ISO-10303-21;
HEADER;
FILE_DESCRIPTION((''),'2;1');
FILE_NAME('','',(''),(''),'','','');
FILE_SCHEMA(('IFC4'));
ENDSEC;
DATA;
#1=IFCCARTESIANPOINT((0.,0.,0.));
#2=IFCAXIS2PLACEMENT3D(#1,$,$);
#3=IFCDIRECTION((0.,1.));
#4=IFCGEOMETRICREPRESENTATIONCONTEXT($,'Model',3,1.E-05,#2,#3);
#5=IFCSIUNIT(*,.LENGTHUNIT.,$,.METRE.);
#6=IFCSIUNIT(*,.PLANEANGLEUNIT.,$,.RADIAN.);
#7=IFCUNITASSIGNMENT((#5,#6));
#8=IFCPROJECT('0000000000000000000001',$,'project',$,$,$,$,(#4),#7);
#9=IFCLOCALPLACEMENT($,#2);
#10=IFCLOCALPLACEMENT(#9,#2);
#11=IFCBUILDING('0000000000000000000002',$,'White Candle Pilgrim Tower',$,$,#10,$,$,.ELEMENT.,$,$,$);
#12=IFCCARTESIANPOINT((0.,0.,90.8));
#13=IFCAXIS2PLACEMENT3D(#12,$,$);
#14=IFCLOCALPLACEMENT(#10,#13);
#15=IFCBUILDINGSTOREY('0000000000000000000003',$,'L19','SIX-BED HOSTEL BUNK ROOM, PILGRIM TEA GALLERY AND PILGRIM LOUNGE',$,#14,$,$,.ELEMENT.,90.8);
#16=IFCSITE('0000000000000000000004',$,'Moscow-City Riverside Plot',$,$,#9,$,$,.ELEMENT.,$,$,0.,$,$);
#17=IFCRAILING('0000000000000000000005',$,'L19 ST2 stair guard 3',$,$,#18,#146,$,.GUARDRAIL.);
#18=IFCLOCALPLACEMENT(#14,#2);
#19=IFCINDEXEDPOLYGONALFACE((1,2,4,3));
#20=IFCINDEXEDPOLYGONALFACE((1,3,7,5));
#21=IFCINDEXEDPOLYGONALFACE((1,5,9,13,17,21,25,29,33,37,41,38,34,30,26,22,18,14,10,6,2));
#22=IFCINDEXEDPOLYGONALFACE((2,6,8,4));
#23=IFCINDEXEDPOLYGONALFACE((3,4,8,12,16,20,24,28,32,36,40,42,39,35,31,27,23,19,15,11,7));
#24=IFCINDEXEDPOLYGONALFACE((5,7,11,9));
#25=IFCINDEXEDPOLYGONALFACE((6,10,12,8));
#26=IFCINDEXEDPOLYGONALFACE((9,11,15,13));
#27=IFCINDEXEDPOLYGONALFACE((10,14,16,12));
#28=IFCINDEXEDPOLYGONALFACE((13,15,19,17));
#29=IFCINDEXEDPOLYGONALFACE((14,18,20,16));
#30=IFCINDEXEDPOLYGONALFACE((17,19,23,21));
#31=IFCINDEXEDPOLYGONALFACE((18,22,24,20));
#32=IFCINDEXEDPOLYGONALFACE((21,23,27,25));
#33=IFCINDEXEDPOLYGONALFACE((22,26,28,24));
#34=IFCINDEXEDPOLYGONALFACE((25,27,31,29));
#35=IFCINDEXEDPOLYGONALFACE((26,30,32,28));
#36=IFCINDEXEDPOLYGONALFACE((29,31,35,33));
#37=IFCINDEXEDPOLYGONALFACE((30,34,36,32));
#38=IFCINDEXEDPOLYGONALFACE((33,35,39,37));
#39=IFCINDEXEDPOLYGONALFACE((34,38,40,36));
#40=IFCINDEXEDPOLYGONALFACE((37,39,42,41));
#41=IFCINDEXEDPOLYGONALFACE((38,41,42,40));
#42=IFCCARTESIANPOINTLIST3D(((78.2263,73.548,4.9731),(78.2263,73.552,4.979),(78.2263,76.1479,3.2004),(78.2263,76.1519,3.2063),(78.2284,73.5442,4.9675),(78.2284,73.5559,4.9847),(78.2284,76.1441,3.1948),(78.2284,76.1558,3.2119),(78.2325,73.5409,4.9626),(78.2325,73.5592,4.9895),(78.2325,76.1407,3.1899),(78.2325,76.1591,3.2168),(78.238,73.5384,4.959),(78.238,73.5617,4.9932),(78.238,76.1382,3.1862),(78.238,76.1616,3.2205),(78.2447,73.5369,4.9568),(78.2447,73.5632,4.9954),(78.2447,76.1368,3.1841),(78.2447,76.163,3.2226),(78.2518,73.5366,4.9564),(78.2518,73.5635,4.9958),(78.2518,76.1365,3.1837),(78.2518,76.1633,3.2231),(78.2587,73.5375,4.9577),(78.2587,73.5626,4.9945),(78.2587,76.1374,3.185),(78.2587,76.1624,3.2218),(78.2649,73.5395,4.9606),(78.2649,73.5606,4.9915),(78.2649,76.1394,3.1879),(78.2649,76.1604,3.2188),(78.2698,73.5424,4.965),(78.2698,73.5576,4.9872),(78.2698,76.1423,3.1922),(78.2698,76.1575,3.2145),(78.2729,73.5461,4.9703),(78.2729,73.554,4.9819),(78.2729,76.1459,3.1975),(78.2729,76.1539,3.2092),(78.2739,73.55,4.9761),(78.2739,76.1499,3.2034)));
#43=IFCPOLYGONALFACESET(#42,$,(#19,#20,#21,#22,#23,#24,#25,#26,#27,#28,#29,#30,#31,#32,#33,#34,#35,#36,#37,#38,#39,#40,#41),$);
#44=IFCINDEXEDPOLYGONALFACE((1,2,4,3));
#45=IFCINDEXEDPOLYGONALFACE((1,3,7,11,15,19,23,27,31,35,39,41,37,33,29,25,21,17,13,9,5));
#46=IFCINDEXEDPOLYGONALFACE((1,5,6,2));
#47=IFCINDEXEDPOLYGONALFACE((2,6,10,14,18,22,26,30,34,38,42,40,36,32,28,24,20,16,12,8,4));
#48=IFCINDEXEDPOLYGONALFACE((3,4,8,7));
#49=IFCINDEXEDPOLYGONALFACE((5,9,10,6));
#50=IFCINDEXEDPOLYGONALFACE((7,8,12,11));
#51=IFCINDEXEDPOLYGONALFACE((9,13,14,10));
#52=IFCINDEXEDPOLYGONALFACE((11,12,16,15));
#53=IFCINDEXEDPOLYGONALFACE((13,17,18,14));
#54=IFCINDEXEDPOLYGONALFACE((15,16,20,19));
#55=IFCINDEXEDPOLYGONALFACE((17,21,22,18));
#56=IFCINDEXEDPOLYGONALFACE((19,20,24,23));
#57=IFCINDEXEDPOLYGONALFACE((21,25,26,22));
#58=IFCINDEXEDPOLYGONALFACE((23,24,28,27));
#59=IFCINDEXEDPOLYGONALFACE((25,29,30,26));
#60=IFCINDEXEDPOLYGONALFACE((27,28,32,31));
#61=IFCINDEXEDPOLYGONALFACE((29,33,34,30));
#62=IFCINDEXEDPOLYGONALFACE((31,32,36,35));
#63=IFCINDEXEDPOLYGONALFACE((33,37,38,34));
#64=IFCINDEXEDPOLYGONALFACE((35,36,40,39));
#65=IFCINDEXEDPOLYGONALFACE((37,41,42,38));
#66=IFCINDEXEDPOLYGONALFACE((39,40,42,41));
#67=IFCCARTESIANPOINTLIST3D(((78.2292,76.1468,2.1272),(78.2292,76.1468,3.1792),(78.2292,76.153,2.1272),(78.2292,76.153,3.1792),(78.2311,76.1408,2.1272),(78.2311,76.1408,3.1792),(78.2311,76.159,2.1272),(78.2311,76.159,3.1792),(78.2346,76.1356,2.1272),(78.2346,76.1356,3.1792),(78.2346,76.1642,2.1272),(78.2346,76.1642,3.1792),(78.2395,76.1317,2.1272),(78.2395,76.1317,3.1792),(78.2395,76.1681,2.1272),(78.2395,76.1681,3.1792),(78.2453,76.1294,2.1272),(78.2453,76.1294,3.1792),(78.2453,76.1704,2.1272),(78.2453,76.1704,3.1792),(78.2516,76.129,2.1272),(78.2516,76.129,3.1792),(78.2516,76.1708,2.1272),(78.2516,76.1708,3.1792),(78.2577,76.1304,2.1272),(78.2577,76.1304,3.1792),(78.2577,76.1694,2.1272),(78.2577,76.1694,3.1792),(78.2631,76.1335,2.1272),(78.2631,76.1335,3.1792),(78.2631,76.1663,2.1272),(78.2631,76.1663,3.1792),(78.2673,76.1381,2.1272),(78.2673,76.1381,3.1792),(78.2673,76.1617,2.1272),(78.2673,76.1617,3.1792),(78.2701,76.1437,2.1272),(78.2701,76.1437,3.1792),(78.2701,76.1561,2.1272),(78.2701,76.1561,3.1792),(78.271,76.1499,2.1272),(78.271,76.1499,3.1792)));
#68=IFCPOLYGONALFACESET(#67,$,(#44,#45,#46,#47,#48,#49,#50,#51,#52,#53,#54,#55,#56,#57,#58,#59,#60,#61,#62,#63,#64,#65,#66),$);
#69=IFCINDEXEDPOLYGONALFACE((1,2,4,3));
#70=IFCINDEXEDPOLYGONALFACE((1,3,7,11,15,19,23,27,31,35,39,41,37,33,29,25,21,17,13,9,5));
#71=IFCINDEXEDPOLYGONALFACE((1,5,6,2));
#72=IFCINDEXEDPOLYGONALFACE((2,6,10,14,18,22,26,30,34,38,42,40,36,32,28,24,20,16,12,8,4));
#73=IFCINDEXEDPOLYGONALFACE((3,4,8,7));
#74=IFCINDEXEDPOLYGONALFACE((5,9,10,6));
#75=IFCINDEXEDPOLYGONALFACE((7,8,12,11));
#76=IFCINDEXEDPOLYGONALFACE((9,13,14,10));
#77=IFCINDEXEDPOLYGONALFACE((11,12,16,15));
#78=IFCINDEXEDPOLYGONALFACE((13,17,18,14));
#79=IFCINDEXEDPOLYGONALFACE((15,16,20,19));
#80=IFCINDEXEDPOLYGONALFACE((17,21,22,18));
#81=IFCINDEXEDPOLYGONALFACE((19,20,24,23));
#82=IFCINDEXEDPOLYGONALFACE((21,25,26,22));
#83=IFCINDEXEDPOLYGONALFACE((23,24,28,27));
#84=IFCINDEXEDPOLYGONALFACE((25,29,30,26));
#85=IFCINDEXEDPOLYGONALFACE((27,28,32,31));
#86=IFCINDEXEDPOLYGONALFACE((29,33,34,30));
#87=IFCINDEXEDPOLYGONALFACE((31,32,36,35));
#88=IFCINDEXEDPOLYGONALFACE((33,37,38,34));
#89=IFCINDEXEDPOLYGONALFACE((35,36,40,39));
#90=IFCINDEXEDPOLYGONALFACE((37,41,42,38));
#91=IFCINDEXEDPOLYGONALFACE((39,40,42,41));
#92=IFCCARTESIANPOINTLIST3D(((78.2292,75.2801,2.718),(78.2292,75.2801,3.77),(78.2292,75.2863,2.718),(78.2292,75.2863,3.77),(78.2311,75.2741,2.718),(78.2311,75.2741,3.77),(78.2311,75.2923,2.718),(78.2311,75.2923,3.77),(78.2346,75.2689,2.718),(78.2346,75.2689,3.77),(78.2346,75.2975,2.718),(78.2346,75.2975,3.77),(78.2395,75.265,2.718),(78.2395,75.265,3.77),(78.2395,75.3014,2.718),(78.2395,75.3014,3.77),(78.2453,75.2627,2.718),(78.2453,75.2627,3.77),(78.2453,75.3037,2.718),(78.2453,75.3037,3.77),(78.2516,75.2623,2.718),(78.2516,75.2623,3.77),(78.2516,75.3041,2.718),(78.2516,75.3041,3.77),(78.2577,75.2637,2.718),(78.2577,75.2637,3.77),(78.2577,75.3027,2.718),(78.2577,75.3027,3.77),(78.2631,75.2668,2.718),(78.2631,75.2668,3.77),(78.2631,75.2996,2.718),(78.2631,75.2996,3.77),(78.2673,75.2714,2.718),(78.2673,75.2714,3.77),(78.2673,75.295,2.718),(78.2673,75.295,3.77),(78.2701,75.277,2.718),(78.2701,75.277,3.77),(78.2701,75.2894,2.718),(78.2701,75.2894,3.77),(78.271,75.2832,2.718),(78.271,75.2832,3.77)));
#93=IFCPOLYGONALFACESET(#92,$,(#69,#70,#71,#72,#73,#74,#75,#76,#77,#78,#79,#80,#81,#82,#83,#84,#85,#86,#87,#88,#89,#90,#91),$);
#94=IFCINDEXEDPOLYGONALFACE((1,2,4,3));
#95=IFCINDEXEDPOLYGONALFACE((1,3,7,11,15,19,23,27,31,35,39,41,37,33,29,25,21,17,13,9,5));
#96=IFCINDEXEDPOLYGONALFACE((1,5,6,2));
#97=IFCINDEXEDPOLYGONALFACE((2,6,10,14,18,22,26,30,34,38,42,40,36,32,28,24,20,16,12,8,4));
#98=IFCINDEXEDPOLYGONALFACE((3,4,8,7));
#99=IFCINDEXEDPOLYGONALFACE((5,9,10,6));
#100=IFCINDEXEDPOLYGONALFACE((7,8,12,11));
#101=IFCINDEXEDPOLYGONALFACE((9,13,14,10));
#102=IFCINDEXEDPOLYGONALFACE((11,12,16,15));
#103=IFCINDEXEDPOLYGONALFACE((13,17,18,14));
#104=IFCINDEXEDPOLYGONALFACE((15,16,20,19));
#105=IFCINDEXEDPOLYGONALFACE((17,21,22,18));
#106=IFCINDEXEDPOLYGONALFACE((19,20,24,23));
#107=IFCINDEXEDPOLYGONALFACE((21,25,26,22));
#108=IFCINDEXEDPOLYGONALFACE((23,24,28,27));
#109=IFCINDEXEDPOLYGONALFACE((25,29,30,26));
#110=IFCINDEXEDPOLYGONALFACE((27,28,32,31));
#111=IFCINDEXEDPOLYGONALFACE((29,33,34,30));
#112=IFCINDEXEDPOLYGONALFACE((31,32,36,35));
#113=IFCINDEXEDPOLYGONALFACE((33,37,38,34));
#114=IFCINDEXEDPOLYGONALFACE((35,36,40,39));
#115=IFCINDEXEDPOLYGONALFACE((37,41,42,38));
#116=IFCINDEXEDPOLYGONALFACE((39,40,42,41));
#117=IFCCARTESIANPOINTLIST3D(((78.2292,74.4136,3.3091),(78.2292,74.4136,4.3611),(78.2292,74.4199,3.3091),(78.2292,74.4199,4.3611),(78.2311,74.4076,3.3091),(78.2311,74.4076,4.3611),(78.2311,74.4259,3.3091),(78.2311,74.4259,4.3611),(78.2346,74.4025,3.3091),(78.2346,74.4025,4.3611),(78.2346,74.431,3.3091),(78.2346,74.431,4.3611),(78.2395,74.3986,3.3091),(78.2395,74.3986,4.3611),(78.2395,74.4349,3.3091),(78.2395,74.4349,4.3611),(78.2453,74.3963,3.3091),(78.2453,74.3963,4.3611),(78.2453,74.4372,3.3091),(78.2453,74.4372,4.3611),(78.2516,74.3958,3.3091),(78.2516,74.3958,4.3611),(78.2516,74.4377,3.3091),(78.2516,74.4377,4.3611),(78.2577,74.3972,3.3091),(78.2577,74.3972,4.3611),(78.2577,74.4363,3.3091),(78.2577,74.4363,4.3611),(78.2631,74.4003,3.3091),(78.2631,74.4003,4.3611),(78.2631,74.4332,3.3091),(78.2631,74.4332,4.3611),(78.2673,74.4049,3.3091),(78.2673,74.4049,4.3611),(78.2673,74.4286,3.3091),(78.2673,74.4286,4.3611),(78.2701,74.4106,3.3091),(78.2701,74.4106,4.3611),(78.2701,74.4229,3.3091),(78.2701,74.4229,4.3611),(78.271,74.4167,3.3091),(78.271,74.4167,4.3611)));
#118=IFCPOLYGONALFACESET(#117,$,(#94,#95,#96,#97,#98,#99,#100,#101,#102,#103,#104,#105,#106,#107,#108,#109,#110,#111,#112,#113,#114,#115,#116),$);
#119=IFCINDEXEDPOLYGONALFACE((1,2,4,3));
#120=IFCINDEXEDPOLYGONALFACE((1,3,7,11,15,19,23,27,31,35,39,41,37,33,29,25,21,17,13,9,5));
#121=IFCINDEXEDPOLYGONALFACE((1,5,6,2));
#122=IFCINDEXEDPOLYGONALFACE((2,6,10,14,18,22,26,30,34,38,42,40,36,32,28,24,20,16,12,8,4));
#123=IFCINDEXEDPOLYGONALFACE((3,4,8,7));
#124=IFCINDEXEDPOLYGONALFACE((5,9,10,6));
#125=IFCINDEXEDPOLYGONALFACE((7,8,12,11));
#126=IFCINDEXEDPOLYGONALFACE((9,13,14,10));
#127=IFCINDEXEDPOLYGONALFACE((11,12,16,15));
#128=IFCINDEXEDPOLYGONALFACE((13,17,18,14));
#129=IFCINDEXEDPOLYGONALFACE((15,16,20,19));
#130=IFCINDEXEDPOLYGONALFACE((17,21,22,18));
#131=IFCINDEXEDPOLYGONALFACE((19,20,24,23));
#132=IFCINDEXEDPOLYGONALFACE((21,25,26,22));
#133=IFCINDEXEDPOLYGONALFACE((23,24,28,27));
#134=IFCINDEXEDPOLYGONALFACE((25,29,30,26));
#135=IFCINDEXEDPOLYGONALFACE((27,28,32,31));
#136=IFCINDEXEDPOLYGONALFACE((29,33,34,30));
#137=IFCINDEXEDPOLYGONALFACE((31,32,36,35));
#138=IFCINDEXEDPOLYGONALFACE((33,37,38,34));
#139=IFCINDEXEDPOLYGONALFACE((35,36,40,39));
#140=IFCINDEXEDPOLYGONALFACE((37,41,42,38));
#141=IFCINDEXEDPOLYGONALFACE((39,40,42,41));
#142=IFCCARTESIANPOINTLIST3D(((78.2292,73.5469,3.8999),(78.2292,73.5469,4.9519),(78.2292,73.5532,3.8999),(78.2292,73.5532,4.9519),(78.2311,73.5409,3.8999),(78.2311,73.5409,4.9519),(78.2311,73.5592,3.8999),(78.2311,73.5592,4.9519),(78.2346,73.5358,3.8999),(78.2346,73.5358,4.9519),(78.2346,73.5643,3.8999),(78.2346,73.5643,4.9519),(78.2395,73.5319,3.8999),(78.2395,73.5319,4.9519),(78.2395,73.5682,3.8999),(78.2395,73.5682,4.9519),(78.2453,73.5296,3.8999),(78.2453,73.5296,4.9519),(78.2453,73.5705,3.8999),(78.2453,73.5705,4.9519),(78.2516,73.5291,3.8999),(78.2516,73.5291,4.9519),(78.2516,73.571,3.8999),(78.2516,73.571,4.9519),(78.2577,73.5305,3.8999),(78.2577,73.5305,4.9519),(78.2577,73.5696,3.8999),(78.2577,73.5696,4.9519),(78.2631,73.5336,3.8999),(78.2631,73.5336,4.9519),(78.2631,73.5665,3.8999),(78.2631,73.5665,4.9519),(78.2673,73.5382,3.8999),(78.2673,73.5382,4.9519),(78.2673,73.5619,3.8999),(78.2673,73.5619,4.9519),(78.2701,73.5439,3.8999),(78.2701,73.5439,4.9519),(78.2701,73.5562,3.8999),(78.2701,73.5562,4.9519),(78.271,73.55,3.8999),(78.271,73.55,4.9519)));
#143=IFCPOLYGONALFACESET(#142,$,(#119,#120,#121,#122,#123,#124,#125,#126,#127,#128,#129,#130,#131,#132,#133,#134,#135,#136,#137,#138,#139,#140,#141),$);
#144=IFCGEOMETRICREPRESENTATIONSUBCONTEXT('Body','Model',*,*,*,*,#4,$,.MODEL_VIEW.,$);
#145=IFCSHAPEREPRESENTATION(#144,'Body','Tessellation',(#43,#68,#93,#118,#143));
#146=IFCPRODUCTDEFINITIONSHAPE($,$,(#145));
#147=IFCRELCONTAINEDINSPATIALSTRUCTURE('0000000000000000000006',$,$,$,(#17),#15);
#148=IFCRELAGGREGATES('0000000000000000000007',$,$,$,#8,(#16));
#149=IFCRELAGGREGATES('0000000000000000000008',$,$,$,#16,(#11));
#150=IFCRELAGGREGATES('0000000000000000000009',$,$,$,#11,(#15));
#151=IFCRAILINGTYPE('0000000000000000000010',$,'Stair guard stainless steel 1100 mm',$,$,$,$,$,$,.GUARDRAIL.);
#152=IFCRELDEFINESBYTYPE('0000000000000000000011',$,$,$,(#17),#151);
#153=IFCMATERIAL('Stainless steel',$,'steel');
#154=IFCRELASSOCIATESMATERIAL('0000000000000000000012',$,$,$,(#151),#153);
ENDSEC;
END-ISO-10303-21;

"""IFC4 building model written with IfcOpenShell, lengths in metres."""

from ifc_helpers import new_model, si_unit, direction, frame, origin, origin_2d, place, context, subcontext, project, spatial, circle, extrude, material, type_object, element, save


model = new_model("IFC4")

# Units and contexts
model_context = context("Model", 3, precision=1e-05, world=origin(), true_north=direction((0.0, 1.0)))
body_context = subcontext(model_context, "Body", "Model", "MODEL_VIEW")
ifc_project = project(units=[si_unit("LENGTHUNIT", "METRE"), si_unit("PLANEANGLEUNIT", "RADIAN")], contexts=[model_context])

# Site, building, storey
site_placement = place(None, origin())
site = spatial("IfcSite", under=ifc_project, at=site_placement, Name="Moscow-City Riverside Plot", CompositionType="ELEMENT", RefElevation=0.0)
building_placement = place(site_placement, origin())
building = spatial("IfcBuilding", under=site, at=building_placement, Name="White Candle Pilgrim Tower", CompositionType="ELEMENT")
storey_placement = place(building_placement, frame((0.0, 0.0, 90.8)))
storey = spatial("IfcBuildingStorey", under=building, at=storey_placement, Name="L19", Description="SIX-BED HOSTEL BUNK ROOM, PILGRIM TEA GALLERY AND PILGRIM LOUNGE", CompositionType="ELEMENT", Elevation=90.8)

# Railing
ifc_material_1 = material(Name="Stainless steel", Category="steel")
railing_type_1 = type_object("IfcRailingType", Name="Stair guard stainless steel 1100 mm", PredefinedType="GUARDRAIL", material=ifc_material_1)
railing_1_placement = place(storey_placement, frame((78.25, 76.1499, 2.1272)))
element("IfcRailing", 1, at=railing_1_placement, inside=storey, type_object=railing_type_1, Name="L19 ST2 stair guard 3", PredefinedType="GUARDRAIL", context=body_context, shape_type="SweptSolid", body=[
    extrude(circle(Radius=0.0239, at=origin_2d()), frame((0.0, 0.0, 1.0762), z_axis=(0.0, -0.826216, 0.563354), x_axis=(1.0, 0.0, 0.0)), (0.0, 0.0, 1.0), 3.1467),
    extrude(circle(Radius=0.021, at=origin_2d()), origin(), (0.0, 0.0, 1.0), 1.052),
    extrude(circle(Radius=0.021, at=origin_2d()), frame((0.0, -0.8667, 0.5908)), (0.0, 0.0, 1.0), 1.052),
    extrude(circle(Radius=0.021, at=origin_2d()), frame((0.0, -1.7332, 1.1819)), (0.0, 0.0, 1.0), 1.052),
    extrude(circle(Radius=0.021, at=origin_2d()), frame((0.0, -2.5999, 1.7727)), (0.0, 0.0, 1.0), 1.052),
])

save(model, "model.ifc")
